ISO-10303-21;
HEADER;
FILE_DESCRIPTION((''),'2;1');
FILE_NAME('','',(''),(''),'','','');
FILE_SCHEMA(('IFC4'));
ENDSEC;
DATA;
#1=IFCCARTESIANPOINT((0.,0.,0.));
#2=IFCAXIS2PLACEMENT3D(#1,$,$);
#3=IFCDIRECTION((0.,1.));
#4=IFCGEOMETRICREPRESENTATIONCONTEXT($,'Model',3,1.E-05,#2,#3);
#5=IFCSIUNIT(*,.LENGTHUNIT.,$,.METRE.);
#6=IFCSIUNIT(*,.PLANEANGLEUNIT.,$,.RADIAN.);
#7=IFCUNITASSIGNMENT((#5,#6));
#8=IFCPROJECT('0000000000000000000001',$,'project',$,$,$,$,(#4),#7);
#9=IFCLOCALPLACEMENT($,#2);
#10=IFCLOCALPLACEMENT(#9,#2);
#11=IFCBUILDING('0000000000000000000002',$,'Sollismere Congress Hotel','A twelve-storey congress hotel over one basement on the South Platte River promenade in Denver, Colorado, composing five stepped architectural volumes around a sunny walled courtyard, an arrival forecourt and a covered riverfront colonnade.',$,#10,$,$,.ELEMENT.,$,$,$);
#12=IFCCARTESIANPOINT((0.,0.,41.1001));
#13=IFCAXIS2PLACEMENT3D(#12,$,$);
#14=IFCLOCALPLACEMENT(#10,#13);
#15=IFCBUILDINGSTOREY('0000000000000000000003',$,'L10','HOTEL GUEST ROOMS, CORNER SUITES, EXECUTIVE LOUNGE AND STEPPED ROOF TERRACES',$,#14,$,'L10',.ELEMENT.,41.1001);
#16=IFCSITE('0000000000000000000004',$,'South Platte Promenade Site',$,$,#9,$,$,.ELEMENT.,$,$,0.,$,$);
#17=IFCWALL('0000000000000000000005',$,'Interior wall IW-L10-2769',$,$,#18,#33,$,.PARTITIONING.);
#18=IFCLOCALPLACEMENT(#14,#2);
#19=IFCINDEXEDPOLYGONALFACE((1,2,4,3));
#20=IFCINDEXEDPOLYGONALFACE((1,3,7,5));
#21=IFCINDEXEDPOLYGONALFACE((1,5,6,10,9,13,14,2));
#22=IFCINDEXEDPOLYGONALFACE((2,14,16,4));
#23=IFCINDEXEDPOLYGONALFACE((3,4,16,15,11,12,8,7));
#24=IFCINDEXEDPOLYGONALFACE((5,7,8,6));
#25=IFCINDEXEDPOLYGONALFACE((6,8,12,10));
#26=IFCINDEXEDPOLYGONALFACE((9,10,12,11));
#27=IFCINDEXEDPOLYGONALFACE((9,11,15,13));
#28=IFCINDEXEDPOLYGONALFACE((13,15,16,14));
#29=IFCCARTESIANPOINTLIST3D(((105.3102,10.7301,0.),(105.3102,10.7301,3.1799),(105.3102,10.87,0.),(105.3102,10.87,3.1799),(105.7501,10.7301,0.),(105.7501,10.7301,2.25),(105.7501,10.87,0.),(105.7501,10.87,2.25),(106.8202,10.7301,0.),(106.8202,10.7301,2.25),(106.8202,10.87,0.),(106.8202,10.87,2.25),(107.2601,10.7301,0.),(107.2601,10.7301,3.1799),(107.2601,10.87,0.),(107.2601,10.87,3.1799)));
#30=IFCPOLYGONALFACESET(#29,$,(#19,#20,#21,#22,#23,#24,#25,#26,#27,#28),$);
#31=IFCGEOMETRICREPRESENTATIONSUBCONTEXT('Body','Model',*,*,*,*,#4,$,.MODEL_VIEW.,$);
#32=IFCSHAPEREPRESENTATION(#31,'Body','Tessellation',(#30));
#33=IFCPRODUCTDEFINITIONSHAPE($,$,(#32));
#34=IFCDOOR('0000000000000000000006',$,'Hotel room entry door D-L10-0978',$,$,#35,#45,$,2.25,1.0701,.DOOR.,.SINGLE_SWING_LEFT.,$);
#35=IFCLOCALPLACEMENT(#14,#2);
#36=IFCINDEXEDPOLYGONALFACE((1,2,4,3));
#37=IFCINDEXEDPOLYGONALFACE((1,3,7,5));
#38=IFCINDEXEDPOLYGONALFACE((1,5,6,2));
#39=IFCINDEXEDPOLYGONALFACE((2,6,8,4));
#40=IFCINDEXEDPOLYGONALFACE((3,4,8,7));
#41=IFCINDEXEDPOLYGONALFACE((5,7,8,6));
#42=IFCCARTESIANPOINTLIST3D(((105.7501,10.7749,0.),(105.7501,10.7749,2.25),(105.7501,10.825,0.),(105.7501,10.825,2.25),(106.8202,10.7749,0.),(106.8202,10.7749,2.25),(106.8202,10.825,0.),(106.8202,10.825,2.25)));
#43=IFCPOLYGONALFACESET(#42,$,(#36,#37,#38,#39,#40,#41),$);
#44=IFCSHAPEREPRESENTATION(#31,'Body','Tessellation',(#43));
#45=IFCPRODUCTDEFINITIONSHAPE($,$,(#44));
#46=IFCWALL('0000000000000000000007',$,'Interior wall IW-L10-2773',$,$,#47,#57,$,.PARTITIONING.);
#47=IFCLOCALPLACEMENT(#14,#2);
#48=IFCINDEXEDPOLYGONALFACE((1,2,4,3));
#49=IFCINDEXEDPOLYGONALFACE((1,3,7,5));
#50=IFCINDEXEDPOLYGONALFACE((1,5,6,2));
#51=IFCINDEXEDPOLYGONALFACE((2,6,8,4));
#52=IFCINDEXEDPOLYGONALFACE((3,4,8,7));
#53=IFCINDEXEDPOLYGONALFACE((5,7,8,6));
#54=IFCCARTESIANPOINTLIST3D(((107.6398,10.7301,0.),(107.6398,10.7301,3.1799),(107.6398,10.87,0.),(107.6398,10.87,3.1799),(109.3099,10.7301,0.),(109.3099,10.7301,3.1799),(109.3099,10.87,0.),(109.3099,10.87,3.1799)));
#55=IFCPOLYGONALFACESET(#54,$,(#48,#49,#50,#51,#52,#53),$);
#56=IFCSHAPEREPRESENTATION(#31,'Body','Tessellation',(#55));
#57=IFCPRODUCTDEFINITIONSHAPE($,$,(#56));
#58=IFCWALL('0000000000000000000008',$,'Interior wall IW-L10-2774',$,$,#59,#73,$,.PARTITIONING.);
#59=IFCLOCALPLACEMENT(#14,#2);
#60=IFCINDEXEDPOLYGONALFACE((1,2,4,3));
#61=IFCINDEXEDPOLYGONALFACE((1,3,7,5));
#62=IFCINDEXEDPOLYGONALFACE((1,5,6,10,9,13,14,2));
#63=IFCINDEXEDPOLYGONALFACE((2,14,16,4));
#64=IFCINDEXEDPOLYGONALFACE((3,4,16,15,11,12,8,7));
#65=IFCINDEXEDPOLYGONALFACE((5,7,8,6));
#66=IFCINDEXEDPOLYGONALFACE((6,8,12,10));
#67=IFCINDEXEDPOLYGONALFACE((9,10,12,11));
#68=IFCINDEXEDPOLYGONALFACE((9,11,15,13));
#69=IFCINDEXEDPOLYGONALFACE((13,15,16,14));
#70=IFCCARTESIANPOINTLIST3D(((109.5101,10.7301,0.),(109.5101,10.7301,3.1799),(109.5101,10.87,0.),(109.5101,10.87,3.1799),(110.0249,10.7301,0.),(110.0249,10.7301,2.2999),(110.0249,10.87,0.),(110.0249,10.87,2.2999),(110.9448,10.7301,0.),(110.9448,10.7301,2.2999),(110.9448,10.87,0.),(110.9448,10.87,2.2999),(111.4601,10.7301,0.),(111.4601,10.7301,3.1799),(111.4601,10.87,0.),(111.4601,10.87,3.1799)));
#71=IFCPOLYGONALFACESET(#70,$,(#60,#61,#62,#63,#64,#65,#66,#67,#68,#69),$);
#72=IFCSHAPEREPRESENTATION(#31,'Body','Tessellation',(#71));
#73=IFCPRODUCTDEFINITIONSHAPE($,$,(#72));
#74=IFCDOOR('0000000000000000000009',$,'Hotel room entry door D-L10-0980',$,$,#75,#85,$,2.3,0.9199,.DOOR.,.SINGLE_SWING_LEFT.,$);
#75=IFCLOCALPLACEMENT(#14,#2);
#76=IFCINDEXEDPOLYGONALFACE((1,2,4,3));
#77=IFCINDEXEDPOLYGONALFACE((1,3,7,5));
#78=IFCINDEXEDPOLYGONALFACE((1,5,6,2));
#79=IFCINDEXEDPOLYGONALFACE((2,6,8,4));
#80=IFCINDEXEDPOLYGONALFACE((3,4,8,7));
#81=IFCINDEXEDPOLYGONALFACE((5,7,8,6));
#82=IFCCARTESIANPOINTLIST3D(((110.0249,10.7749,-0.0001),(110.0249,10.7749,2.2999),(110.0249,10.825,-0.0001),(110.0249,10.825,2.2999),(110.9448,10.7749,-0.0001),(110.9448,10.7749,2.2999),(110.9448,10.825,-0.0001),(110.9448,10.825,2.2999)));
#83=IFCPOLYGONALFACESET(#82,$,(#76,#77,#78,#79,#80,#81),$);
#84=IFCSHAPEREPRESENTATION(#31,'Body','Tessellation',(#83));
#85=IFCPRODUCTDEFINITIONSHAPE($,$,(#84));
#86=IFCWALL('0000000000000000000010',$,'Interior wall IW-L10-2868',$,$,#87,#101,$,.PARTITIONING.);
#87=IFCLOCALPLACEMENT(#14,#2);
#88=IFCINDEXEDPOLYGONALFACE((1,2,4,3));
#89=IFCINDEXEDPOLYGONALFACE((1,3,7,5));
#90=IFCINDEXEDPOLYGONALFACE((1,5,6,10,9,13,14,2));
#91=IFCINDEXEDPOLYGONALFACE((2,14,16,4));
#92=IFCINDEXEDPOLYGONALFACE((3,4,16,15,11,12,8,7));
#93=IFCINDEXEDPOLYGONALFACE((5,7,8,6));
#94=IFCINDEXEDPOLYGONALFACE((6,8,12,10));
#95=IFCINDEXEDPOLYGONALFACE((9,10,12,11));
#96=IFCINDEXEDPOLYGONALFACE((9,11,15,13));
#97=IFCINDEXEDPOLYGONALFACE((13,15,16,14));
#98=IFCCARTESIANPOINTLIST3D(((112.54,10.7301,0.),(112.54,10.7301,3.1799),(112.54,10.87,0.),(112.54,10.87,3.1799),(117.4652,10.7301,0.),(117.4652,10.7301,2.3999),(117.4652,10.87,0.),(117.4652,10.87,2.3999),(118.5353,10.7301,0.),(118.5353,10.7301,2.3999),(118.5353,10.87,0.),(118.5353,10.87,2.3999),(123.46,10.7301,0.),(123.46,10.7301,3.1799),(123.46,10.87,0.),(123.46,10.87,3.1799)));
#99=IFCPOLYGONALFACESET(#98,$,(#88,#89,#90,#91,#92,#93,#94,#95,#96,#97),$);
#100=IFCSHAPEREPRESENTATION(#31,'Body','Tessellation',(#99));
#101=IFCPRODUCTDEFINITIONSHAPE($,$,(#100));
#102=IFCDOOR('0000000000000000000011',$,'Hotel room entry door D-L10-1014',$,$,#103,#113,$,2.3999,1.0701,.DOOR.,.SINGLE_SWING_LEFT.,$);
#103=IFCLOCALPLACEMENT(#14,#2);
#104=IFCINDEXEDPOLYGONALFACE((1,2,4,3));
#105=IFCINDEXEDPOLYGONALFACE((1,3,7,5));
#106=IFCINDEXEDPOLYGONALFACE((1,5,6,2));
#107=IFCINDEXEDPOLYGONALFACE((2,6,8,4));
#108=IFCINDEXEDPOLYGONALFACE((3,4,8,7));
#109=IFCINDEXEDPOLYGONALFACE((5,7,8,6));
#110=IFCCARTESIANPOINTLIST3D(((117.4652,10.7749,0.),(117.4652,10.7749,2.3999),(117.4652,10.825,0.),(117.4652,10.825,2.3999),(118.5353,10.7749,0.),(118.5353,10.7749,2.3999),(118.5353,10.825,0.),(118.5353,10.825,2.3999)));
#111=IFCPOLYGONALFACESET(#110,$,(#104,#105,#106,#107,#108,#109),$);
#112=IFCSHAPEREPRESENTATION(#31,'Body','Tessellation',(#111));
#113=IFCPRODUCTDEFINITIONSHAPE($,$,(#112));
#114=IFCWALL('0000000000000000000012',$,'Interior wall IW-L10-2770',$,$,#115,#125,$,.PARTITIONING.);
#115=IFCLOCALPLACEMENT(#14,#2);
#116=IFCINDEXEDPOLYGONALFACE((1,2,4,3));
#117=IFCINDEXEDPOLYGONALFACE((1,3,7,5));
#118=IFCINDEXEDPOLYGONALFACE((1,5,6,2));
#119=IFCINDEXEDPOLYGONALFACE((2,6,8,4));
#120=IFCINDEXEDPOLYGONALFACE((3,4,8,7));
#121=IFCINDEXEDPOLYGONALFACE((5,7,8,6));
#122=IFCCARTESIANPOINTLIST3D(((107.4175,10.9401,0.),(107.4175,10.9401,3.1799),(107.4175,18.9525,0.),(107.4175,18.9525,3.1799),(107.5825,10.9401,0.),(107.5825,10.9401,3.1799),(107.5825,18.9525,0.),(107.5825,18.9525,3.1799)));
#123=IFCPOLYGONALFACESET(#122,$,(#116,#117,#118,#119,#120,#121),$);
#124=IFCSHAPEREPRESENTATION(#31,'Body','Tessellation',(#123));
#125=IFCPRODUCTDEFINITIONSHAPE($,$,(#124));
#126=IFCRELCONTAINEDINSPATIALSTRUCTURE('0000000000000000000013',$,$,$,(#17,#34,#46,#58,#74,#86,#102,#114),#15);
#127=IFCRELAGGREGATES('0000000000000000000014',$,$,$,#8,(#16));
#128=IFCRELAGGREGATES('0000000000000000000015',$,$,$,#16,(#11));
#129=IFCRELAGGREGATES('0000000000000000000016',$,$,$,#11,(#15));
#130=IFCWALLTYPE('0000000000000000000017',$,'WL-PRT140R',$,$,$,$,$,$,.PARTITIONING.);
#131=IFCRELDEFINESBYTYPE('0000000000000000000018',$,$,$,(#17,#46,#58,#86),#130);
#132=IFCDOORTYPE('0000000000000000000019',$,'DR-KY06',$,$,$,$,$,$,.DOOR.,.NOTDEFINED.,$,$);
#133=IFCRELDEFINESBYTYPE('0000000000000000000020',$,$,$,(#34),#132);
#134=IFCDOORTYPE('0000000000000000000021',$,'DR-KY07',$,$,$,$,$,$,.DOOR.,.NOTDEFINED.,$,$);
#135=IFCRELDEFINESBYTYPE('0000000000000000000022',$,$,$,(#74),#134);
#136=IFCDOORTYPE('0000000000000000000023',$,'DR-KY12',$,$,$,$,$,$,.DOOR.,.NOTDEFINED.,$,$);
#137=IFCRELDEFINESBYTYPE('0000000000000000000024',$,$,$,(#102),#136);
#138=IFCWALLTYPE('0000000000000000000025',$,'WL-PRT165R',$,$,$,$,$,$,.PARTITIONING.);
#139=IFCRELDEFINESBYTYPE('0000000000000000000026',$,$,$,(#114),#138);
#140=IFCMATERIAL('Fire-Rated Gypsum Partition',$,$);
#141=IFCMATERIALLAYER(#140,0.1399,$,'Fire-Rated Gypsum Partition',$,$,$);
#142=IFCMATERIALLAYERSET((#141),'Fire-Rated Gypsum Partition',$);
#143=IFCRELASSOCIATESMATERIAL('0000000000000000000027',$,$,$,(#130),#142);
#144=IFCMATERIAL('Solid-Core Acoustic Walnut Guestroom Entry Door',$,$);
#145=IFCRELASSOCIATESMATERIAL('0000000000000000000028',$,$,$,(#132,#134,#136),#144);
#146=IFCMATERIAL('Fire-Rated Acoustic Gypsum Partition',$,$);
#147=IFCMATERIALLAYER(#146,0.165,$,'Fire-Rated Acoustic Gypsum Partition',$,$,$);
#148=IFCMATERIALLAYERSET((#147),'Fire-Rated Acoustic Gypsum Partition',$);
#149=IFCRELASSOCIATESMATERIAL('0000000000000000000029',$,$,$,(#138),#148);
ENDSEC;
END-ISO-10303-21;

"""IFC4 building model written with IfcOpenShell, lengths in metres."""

from ifc_helpers import new_model, si_unit, direction, frame, frame_2d, origin, place, context, subcontext, project, spatial, rectangle, extrude, material, layer, layer_set, type_object, element, fill, save


model = new_model("IFC4")

# Units and contexts
model_context = context("Model", 3, precision=1e-05, world=origin(), true_north=direction((0.0, 1.0)))
body_context = subcontext(model_context, "Body", "Model", "MODEL_VIEW")
ifc_project = project(units=[si_unit("LENGTHUNIT", "METRE"), si_unit("PLANEANGLEUNIT", "RADIAN")], contexts=[model_context])

# Site, building, storey
site_placement = place(None, origin())
site = spatial("IfcSite", under=ifc_project, at=site_placement, Name="South Platte Promenade Site", CompositionType="ELEMENT", RefElevation=0.0)
building_placement = place(site_placement, origin())
building = spatial("IfcBuilding", under=site, at=building_placement, Name="Sollismere Congress Hotel", Description="A twelve-storey congress hotel over one basement on the South Platte River promenade in Denver, Colorado, composing five stepped architectural volumes around a sunny walled courtyard, an arrival forecourt and a covered riverfront colonnade.", CompositionType="ELEMENT")
storey_placement = place(building_placement, frame((0.0, 0.0, 41.1001)))
storey = spatial("IfcBuildingStorey", under=building, at=storey_placement, Name="L10", Description="HOTEL GUEST ROOMS, CORNER SUITES, EXECUTIVE LOUNGE AND STEPPED ROOF TERRACES", LongName="L10", CompositionType="ELEMENT", Elevation=41.1001)

# Shared definitions
ifc_material_1 = material(Name="Fire-Rated Gypsum Partition")
ifc_layer_1 = layer(ifc_material_1, 0.1399, Name="Fire-Rated Gypsum Partition")
ifc_layer_set_1 = layer_set([ifc_layer_1], Name="Fire-Rated Gypsum Partition")
wall_type_1 = type_object("IfcWallType", Name="WL-PRT140R", PredefinedType="PARTITIONING", material=ifc_layer_set_1)

# Wall, opening, door
wall_1_placement = place(storey_placement, frame((105.3101, 10.8, 0.0), z_axis=(0.0, 0.0, 1.0), x_axis=(1.0, 0.0, 0.0)))
wall_1 = element("IfcWall", 1, at=wall_1_placement, inside=storey, type_object=wall_type_1, Name="Interior wall IW-L10-2769", PredefinedType="PARTITIONING", context=body_context, shape_type="SweptSolid", body=[
    extrude(rectangle(XDim=1.95, YDim=0.1399, at=frame_2d((0.9751, 0.0))), origin(), (0.0, 0.0, 1.0), 3.1799),
])
opening_1_placement = place(wall_1_placement, frame((0.4399, 0.0, 0.0)))
opening_1 = element("IfcOpeningElement", 2, at=opening_1_placement, cuts=wall_1, PredefinedType="OPENING", context=body_context, shape_type="SweptSolid", body=[
    extrude(rectangle(XDim=1.0701, YDim=2.25, at=frame_2d((0.5352, 1.125))), frame((0.0, 0.0798, 0.0), z_axis=(0.0, -1.0, 0.0), x_axis=(1.0, 0.0, 0.0)), (0.0, 0.0, 1.0), 0.1599),
])
ifc_material_2 = material(Name="Solid-Core Acoustic Walnut Guestroom Entry Door")
door_type_1 = type_object("IfcDoorType", Name="DR-KY06", OperationType="NOTDEFINED", PredefinedType="DOOR", material=ifc_material_2)
door_1_placement = place(opening_1_placement, origin())
door_1 = element("IfcDoor", 3, at=door_1_placement, inside=storey, type_object=door_type_1, Name="Hotel room entry door D-L10-0978", OperationType="SINGLE_SWING_LEFT", OverallHeight=2.25, OverallWidth=1.0701, PredefinedType="DOOR", context=body_context, shape_type="SweptSolid", body=[
    extrude(rectangle(XDim=1.0701, YDim=2.25, at=frame_2d((0.5352, 1.125))), frame((0.0, 0.0249, 0.0), z_axis=(0.0, -1.0, 0.0), x_axis=(1.0, 0.0, 0.0)), (0.0, 0.0, 1.0), 0.05),
])
fill(opening_1, door_1)

# Wall
wall_2_placement = place(storey_placement, frame((107.6399, 10.8, 0.0), z_axis=(0.0, 0.0, 1.0), x_axis=(1.0, 0.0, 0.0)))
element("IfcWall", 4, at=wall_2_placement, inside=storey, type_object=wall_type_1, Name="Interior wall IW-L10-2773", PredefinedType="PARTITIONING", context=body_context, shape_type="SweptSolid", body=[
    extrude(rectangle(XDim=1.6702, YDim=0.1399, at=frame_2d((0.835, 0.0))), origin(), (0.0, 0.0, 1.0), 3.1799),
])

# Walls, openings, doors
wall_3_placement = place(storey_placement, frame((109.51, 10.8, 0.0), z_axis=(0.0, 0.0, 1.0), x_axis=(1.0, 0.0, 0.0)))
wall_3 = element("IfcWall", 5, at=wall_3_placement, inside=storey, type_object=wall_type_1, Name="Interior wall IW-L10-2774", PredefinedType="PARTITIONING", context=body_context, shape_type="SweptSolid", body=[
    extrude(rectangle(XDim=1.95, YDim=0.1399, at=frame_2d((0.9751, 0.0))), origin(), (0.0, 0.0, 1.0), 3.1799),
])
opening_2_placement = place(wall_3_placement, frame((0.5149, 0.0, 0.0)))
opening_2 = element("IfcOpeningElement", 6, at=opening_2_placement, cuts=wall_3, PredefinedType="OPENING", context=body_context, shape_type="SweptSolid", body=[
    extrude(rectangle(XDim=0.9199, YDim=2.3, at=frame_2d((0.46, 1.1499))), frame((0.0, 0.0798, 0.0), z_axis=(0.0, -1.0, 0.0), x_axis=(1.0, 0.0, 0.0)), (0.0, 0.0, 1.0), 0.1599),
])
door_type_2 = type_object("IfcDoorType", Name="DR-KY07", OperationType="NOTDEFINED", PredefinedType="DOOR", material=ifc_material_2)
door_2_placement = place(opening_2_placement, origin())
door_2 = element("IfcDoor", 7, at=door_2_placement, inside=storey, type_object=door_type_2, Name="Hotel room entry door D-L10-0980", OperationType="SINGLE_SWING_LEFT", OverallHeight=2.3, OverallWidth=0.9199, PredefinedType="DOOR", context=body_context, shape_type="SweptSolid", body=[
    extrude(rectangle(XDim=0.9199, YDim=2.3, at=frame_2d((0.46, 1.1499))), frame((0.0, 0.0249, 0.0), z_axis=(0.0, -1.0, 0.0), x_axis=(1.0, 0.0, 0.0)), (0.0, 0.0, 1.0), 0.05),
])
fill(opening_2, door_2)
wall_4_placement = place(storey_placement, frame((112.54, 10.8, 0.0), z_axis=(0.0, 0.0, 1.0), x_axis=(1.0, 0.0, 0.0)))
wall_4 = element("IfcWall", 8, at=wall_4_placement, inside=storey, type_object=wall_type_1, Name="Interior wall IW-L10-2868", PredefinedType="PARTITIONING", context=body_context, shape_type="SweptSolid", body=[
    extrude(rectangle(XDim=10.9199, YDim=0.1399, at=frame_2d((5.46, 0.0))), origin(), (0.0, 0.0, 1.0), 3.1799),
])
opening_3_placement = place(wall_4_placement, frame((4.925, 0.0, 0.0)))
opening_3 = element("IfcOpeningElement", 9, at=opening_3_placement, cuts=wall_4, PredefinedType="OPENING", context=body_context, shape_type="SweptSolid", body=[
    extrude(rectangle(XDim=1.0701, YDim=2.3999, at=frame_2d((0.5352, 1.2))), frame((0.0, 0.0798, 0.0), z_axis=(0.0, -1.0, 0.0), x_axis=(1.0, 0.0, 0.0)), (0.0, 0.0, 1.0), 0.1599),
])
door_type_3 = type_object("IfcDoorType", Name="DR-KY12", OperationType="NOTDEFINED", PredefinedType="DOOR", material=ifc_material_2)
door_3_placement = place(opening_3_placement, origin())
door_3 = element("IfcDoor", 10, at=door_3_placement, inside=storey, type_object=door_type_3, Name="Hotel room entry door D-L10-1014", OperationType="SINGLE_SWING_LEFT", OverallHeight=2.3999, OverallWidth=1.0701, PredefinedType="DOOR", context=body_context, shape_type="SweptSolid", body=[
    extrude(rectangle(XDim=1.0701, YDim=2.3999, at=frame_2d((0.5352, 1.2))), frame((0.0, 0.0249, 0.0), z_axis=(0.0, -1.0, 0.0), x_axis=(1.0, 0.0, 0.0)), (0.0, 0.0, 1.0), 0.05),
])
fill(opening_3, door_3)

# Wall
ifc_material_3 = material(Name="Fire-Rated Acoustic Gypsum Partition")
ifc_layer_2 = layer(ifc_material_3, 0.165, Name="Fire-Rated Acoustic Gypsum Partition")
ifc_layer_set_2 = layer_set([ifc_layer_2], Name="Fire-Rated Acoustic Gypsum Partition")
wall_type_2 = type_object("IfcWallType", Name="WL-PRT165R", PredefinedType="PARTITIONING", material=ifc_layer_set_2)
wall_5_placement = place(storey_placement, frame((107.5, 10.9399, 0.0), z_axis=(0.0, 0.0, 1.0), x_axis=(0.0, 1.0, 0.0)))
element("IfcWall", 11, at=wall_5_placement, inside=storey, type_object=wall_type_2, Name="Interior wall IW-L10-2770", PredefinedType="PARTITIONING", context=body_context, shape_type="SweptSolid", body=[
    extrude(rectangle(XDim=8.0125, YDim=0.165, at=frame_2d((4.0063, 0.0))), origin(), (0.0, 0.0, 1.0), 3.1799),
])

save(model, "model.ifc")
